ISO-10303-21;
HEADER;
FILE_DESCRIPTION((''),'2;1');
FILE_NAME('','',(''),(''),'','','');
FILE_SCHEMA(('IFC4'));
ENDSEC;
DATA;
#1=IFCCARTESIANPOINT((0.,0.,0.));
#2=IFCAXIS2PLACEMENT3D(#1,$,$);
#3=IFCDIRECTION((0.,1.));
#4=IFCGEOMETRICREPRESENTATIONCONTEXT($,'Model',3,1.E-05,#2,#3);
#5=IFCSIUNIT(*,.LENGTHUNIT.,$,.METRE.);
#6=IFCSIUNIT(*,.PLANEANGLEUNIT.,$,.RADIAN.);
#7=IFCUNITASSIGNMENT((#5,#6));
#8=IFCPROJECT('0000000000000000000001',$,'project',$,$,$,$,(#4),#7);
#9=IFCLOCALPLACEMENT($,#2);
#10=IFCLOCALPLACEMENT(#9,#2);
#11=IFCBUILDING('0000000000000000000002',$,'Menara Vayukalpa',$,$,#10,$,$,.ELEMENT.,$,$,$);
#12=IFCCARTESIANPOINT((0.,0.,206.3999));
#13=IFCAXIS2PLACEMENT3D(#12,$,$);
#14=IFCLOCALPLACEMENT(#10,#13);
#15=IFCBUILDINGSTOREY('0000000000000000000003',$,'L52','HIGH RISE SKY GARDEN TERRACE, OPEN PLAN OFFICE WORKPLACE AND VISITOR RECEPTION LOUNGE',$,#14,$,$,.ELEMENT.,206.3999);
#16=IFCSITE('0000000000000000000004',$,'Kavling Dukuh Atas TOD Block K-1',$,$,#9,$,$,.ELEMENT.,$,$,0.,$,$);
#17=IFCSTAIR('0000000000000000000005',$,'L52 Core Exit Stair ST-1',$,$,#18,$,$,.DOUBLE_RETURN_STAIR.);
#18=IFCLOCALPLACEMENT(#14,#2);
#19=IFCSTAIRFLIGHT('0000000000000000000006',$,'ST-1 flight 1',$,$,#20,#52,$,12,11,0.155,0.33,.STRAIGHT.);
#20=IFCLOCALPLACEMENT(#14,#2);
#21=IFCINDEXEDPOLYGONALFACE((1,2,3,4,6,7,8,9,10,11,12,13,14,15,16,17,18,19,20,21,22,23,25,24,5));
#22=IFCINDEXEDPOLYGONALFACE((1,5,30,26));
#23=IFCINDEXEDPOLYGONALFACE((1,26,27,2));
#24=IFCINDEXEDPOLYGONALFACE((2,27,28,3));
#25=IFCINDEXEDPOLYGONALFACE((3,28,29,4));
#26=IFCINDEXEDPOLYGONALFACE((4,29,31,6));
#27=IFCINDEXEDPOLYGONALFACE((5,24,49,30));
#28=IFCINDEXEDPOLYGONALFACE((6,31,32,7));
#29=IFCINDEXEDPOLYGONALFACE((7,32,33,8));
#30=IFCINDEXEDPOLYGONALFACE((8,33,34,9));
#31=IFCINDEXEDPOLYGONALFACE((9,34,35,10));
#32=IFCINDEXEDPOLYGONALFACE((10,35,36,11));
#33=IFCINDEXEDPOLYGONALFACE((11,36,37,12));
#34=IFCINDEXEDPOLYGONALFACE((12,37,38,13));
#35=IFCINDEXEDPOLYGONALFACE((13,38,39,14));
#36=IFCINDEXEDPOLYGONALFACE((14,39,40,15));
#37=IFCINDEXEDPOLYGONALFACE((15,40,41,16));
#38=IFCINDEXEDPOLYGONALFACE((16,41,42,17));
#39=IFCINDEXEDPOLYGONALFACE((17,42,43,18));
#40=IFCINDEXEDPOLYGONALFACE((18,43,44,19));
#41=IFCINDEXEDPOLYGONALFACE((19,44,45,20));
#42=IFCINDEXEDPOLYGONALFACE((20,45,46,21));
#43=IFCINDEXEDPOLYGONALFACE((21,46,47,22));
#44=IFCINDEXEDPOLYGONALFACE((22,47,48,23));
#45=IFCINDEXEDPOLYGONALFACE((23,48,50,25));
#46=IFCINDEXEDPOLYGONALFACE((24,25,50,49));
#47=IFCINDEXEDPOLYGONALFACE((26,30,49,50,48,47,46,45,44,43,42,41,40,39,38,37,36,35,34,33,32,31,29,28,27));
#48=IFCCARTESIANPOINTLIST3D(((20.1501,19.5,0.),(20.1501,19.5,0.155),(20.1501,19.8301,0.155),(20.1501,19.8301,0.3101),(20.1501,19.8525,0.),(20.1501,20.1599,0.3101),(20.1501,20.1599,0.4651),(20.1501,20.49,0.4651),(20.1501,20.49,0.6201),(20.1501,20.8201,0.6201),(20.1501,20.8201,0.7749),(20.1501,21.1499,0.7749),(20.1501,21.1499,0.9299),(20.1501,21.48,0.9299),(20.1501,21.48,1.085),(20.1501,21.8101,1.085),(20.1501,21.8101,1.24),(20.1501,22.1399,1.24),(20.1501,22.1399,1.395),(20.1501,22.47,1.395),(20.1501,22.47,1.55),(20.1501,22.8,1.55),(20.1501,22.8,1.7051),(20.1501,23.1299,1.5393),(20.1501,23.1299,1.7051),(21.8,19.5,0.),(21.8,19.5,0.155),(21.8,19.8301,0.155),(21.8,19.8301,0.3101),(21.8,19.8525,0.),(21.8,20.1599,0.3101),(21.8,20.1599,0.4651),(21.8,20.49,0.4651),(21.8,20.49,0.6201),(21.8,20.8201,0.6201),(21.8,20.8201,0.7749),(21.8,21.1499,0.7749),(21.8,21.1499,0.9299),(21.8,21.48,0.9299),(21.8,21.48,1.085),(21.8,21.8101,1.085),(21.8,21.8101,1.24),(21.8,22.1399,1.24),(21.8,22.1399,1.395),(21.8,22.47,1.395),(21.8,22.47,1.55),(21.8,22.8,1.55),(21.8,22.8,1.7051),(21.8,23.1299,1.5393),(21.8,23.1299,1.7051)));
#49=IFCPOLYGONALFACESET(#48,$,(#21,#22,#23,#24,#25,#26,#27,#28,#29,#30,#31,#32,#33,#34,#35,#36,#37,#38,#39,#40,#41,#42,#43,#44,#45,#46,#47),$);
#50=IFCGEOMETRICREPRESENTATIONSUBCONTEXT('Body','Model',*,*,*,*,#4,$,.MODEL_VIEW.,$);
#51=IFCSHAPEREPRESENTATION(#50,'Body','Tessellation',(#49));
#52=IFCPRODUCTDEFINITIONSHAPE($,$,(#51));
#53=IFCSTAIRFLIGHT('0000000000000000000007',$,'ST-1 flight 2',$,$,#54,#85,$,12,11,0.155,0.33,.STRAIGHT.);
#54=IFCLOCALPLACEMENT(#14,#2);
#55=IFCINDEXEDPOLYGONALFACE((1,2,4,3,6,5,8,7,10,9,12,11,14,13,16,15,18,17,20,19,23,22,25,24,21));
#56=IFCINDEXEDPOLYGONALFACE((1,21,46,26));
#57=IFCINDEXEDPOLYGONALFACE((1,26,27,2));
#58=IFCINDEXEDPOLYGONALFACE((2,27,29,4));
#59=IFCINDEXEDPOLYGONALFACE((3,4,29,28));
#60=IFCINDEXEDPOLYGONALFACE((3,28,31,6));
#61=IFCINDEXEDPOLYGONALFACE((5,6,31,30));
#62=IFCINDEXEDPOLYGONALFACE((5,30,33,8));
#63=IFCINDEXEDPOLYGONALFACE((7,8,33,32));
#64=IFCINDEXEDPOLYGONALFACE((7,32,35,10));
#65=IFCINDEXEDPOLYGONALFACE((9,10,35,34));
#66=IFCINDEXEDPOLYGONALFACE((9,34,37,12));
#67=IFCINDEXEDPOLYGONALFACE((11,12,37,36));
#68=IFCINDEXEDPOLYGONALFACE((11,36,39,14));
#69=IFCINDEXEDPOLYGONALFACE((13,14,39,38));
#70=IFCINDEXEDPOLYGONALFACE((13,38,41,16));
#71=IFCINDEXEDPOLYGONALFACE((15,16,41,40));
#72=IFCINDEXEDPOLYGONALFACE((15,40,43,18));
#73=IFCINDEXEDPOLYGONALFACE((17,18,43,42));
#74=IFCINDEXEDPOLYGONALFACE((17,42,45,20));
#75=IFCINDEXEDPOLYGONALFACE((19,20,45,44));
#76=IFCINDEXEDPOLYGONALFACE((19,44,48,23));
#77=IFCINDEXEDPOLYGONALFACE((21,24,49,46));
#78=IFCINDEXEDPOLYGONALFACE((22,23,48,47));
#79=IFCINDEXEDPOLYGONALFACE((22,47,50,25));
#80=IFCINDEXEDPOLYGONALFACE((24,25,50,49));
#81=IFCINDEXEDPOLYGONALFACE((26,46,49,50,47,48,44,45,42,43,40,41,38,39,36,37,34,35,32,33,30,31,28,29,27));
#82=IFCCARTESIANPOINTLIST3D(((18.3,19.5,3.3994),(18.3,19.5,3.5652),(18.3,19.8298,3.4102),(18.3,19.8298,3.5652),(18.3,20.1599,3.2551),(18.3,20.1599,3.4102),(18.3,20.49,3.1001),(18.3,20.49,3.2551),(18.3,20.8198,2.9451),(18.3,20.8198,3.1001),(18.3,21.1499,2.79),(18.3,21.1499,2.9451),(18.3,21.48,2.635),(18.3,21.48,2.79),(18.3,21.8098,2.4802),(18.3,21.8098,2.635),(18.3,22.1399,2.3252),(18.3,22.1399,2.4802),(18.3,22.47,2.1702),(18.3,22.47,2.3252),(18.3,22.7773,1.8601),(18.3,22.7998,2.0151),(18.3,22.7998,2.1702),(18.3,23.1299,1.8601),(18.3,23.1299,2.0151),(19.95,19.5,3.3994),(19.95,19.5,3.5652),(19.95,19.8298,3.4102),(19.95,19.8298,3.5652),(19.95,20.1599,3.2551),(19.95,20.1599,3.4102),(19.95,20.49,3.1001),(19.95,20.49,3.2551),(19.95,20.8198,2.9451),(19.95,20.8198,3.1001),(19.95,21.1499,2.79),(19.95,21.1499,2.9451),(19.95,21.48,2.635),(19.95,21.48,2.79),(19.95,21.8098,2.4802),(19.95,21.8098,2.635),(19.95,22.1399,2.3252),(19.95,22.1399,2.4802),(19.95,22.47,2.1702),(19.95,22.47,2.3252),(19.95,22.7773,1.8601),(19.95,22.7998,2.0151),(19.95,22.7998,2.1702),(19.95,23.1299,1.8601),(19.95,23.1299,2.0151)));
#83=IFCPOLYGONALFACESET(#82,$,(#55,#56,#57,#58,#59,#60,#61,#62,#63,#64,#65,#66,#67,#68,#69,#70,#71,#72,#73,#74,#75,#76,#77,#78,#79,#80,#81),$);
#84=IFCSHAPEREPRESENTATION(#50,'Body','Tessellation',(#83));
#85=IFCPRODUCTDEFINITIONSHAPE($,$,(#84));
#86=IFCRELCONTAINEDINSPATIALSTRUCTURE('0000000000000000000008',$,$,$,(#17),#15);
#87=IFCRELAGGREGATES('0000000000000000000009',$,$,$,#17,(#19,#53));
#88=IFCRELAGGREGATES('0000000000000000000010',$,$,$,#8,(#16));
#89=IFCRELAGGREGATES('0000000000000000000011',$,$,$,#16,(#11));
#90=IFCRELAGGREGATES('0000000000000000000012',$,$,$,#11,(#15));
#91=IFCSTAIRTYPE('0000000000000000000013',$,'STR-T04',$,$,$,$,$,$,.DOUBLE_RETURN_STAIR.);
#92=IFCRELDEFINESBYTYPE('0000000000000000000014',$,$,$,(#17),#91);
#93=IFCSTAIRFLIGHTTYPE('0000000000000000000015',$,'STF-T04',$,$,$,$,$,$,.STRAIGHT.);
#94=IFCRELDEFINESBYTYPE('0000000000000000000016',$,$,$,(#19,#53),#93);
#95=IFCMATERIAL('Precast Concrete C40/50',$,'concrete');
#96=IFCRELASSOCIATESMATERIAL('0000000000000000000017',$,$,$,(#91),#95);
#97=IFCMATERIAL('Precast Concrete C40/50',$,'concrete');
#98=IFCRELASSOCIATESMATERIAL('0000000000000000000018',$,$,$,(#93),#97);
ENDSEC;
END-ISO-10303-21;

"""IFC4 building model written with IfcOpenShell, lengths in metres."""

from ifc_helpers import new_model, si_unit, direction, frame, origin, place, context, subcontext, project, spatial, polyline, outline, extrude, material, type_object, element, aggregate, save


model = new_model("IFC4")

# Units and contexts
model_context = context("Model", 3, precision=1e-05, world=origin(), true_north=direction((0.0, 1.0)))
body_context = subcontext(model_context, "Body", "Model", "MODEL_VIEW")
ifc_project = project(units=[si_unit("LENGTHUNIT", "METRE"), si_unit("PLANEANGLEUNIT", "RADIAN")], contexts=[model_context])

# Site, building, storey
site_placement = place(None, origin())
site = spatial("IfcSite", under=ifc_project, at=site_placement, Name="Kavling Dukuh Atas TOD Block K-1", CompositionType="ELEMENT", RefElevation=0.0)
building_placement = place(site_placement, origin())
building = spatial("IfcBuilding", under=site, at=building_placement, Name="Menara Vayukalpa", CompositionType="ELEMENT")
storey_placement = place(building_placement, frame((0.0, 0.0, 206.3999)))
storey = spatial("IfcBuildingStorey", under=building, at=storey_placement, Name="L52", Description="HIGH RISE SKY GARDEN TERRACE, OPEN PLAN OFFICE WORKPLACE AND VISITOR RECEPTION LOUNGE", CompositionType="ELEMENT", Elevation=206.3999)

# Stair, stair flights
ifc_material_1 = material(Name="Precast Concrete C40/50", Category="concrete")
stair_type = type_object("IfcStairType", Name="STR-T04", PredefinedType="DOUBLE_RETURN_STAIR", material=ifc_material_1)
stair_placement = place(storey_placement, origin())
stair = element("IfcStair", 1, at=stair_placement, inside=storey, type_object=stair_type, Name="L52 Core Exit Stair ST-1", PredefinedType="DOUBLE_RETURN_STAIR")
ifc_material_2 = material(Name="Precast Concrete C40/50", Category="concrete")
stair_flight_type = type_object("IfcStairFlightType", Name="STF-T04", PredefinedType="STRAIGHT", material=ifc_material_2)
stair_flight_1_placement = place(storey_placement, frame((20.9751, 19.5, 0.0), z_axis=(0.0, 0.0, 1.0), x_axis=(0.0, 1.0, 0.0)))
stair_flight_1 = element("IfcStairFlight", 2, at=stair_flight_1_placement, type_object=stair_flight_type, Name="ST-1 flight 1", NumberOfRisers=12, NumberOfTreads=11, PredefinedType="STRAIGHT", RiserHeight=0.155, TreadLength=0.33, context=body_context, shape_type="SweptSolid", body=[
    extrude(outline(polyline([(0.0, 0.0), (0.0, 0.155), (0.3301, 0.155), (0.3301, 0.3101), (0.6599, 0.3101), (0.6599, 0.4651), (0.99, 0.4651), (0.99, 0.6201), (1.3201, 0.6201), (1.3201, 0.7749), (1.6499, 0.7749), (1.6499, 0.9299), (1.98, 0.9299), (1.98, 1.085), (2.3101, 1.085), (2.3101, 1.24), (2.6399, 1.24), (2.6399, 1.395), (2.97, 1.395), (2.97, 1.55), (3.3, 1.55), (3.3, 1.7051), (3.6299, 1.7051), (3.6299, 1.8601), (3.6299, 1.5393), (0.3525, 0.0), (0.0, 0.0)])), frame((0.0, 0.825, 0.0), z_axis=(0.0, -1.0, 0.0), x_axis=(1.0, 0.0, 0.0)), (0.0, 0.0, 1.0), 1.6499),
])
stair_flight_2_placement = place(storey_placement, frame((19.125, 23.1299, 1.8601), z_axis=(0.0, 0.0, 1.0), x_axis=(0.0, -1.0, 0.0)))
stair_flight_2 = element("IfcStairFlight", 3, at=stair_flight_2_placement, type_object=stair_flight_type, Name="ST-1 flight 2", NumberOfRisers=12, NumberOfTreads=11, PredefinedType="STRAIGHT", RiserHeight=0.155, TreadLength=0.33, context=body_context, shape_type="SweptSolid", body=[
    extrude(outline(polyline([(0.0, 0.0), (0.0, 0.155), (0.3301, 0.155), (0.3301, 0.3101), (0.6599, 0.3101), (0.6599, 0.4651), (0.99, 0.4651), (0.99, 0.6201), (1.3201, 0.6201), (1.3201, 0.7749), (1.6499, 0.7749), (1.6499, 0.9299), (1.98, 0.9299), (1.98, 1.085), (2.3101, 1.085), (2.3101, 1.24), (2.6399, 1.24), (2.6399, 1.395), (2.97, 1.395), (2.97, 1.55), (3.3, 1.55), (3.3, 1.7051), (3.6299, 1.7051), (3.6299, 1.8601), (3.6299, 1.5393), (0.3525, 0.0), (0.0, 0.0)])), frame((0.0, 0.825, 0.0), z_axis=(0.0, -1.0, 0.0), x_axis=(1.0, 0.0, 0.0)), (0.0, 0.0, 1.0), 1.6499),
])
aggregate(stair, [stair_flight_1, stair_flight_2])

save(model, "model.ifc")
